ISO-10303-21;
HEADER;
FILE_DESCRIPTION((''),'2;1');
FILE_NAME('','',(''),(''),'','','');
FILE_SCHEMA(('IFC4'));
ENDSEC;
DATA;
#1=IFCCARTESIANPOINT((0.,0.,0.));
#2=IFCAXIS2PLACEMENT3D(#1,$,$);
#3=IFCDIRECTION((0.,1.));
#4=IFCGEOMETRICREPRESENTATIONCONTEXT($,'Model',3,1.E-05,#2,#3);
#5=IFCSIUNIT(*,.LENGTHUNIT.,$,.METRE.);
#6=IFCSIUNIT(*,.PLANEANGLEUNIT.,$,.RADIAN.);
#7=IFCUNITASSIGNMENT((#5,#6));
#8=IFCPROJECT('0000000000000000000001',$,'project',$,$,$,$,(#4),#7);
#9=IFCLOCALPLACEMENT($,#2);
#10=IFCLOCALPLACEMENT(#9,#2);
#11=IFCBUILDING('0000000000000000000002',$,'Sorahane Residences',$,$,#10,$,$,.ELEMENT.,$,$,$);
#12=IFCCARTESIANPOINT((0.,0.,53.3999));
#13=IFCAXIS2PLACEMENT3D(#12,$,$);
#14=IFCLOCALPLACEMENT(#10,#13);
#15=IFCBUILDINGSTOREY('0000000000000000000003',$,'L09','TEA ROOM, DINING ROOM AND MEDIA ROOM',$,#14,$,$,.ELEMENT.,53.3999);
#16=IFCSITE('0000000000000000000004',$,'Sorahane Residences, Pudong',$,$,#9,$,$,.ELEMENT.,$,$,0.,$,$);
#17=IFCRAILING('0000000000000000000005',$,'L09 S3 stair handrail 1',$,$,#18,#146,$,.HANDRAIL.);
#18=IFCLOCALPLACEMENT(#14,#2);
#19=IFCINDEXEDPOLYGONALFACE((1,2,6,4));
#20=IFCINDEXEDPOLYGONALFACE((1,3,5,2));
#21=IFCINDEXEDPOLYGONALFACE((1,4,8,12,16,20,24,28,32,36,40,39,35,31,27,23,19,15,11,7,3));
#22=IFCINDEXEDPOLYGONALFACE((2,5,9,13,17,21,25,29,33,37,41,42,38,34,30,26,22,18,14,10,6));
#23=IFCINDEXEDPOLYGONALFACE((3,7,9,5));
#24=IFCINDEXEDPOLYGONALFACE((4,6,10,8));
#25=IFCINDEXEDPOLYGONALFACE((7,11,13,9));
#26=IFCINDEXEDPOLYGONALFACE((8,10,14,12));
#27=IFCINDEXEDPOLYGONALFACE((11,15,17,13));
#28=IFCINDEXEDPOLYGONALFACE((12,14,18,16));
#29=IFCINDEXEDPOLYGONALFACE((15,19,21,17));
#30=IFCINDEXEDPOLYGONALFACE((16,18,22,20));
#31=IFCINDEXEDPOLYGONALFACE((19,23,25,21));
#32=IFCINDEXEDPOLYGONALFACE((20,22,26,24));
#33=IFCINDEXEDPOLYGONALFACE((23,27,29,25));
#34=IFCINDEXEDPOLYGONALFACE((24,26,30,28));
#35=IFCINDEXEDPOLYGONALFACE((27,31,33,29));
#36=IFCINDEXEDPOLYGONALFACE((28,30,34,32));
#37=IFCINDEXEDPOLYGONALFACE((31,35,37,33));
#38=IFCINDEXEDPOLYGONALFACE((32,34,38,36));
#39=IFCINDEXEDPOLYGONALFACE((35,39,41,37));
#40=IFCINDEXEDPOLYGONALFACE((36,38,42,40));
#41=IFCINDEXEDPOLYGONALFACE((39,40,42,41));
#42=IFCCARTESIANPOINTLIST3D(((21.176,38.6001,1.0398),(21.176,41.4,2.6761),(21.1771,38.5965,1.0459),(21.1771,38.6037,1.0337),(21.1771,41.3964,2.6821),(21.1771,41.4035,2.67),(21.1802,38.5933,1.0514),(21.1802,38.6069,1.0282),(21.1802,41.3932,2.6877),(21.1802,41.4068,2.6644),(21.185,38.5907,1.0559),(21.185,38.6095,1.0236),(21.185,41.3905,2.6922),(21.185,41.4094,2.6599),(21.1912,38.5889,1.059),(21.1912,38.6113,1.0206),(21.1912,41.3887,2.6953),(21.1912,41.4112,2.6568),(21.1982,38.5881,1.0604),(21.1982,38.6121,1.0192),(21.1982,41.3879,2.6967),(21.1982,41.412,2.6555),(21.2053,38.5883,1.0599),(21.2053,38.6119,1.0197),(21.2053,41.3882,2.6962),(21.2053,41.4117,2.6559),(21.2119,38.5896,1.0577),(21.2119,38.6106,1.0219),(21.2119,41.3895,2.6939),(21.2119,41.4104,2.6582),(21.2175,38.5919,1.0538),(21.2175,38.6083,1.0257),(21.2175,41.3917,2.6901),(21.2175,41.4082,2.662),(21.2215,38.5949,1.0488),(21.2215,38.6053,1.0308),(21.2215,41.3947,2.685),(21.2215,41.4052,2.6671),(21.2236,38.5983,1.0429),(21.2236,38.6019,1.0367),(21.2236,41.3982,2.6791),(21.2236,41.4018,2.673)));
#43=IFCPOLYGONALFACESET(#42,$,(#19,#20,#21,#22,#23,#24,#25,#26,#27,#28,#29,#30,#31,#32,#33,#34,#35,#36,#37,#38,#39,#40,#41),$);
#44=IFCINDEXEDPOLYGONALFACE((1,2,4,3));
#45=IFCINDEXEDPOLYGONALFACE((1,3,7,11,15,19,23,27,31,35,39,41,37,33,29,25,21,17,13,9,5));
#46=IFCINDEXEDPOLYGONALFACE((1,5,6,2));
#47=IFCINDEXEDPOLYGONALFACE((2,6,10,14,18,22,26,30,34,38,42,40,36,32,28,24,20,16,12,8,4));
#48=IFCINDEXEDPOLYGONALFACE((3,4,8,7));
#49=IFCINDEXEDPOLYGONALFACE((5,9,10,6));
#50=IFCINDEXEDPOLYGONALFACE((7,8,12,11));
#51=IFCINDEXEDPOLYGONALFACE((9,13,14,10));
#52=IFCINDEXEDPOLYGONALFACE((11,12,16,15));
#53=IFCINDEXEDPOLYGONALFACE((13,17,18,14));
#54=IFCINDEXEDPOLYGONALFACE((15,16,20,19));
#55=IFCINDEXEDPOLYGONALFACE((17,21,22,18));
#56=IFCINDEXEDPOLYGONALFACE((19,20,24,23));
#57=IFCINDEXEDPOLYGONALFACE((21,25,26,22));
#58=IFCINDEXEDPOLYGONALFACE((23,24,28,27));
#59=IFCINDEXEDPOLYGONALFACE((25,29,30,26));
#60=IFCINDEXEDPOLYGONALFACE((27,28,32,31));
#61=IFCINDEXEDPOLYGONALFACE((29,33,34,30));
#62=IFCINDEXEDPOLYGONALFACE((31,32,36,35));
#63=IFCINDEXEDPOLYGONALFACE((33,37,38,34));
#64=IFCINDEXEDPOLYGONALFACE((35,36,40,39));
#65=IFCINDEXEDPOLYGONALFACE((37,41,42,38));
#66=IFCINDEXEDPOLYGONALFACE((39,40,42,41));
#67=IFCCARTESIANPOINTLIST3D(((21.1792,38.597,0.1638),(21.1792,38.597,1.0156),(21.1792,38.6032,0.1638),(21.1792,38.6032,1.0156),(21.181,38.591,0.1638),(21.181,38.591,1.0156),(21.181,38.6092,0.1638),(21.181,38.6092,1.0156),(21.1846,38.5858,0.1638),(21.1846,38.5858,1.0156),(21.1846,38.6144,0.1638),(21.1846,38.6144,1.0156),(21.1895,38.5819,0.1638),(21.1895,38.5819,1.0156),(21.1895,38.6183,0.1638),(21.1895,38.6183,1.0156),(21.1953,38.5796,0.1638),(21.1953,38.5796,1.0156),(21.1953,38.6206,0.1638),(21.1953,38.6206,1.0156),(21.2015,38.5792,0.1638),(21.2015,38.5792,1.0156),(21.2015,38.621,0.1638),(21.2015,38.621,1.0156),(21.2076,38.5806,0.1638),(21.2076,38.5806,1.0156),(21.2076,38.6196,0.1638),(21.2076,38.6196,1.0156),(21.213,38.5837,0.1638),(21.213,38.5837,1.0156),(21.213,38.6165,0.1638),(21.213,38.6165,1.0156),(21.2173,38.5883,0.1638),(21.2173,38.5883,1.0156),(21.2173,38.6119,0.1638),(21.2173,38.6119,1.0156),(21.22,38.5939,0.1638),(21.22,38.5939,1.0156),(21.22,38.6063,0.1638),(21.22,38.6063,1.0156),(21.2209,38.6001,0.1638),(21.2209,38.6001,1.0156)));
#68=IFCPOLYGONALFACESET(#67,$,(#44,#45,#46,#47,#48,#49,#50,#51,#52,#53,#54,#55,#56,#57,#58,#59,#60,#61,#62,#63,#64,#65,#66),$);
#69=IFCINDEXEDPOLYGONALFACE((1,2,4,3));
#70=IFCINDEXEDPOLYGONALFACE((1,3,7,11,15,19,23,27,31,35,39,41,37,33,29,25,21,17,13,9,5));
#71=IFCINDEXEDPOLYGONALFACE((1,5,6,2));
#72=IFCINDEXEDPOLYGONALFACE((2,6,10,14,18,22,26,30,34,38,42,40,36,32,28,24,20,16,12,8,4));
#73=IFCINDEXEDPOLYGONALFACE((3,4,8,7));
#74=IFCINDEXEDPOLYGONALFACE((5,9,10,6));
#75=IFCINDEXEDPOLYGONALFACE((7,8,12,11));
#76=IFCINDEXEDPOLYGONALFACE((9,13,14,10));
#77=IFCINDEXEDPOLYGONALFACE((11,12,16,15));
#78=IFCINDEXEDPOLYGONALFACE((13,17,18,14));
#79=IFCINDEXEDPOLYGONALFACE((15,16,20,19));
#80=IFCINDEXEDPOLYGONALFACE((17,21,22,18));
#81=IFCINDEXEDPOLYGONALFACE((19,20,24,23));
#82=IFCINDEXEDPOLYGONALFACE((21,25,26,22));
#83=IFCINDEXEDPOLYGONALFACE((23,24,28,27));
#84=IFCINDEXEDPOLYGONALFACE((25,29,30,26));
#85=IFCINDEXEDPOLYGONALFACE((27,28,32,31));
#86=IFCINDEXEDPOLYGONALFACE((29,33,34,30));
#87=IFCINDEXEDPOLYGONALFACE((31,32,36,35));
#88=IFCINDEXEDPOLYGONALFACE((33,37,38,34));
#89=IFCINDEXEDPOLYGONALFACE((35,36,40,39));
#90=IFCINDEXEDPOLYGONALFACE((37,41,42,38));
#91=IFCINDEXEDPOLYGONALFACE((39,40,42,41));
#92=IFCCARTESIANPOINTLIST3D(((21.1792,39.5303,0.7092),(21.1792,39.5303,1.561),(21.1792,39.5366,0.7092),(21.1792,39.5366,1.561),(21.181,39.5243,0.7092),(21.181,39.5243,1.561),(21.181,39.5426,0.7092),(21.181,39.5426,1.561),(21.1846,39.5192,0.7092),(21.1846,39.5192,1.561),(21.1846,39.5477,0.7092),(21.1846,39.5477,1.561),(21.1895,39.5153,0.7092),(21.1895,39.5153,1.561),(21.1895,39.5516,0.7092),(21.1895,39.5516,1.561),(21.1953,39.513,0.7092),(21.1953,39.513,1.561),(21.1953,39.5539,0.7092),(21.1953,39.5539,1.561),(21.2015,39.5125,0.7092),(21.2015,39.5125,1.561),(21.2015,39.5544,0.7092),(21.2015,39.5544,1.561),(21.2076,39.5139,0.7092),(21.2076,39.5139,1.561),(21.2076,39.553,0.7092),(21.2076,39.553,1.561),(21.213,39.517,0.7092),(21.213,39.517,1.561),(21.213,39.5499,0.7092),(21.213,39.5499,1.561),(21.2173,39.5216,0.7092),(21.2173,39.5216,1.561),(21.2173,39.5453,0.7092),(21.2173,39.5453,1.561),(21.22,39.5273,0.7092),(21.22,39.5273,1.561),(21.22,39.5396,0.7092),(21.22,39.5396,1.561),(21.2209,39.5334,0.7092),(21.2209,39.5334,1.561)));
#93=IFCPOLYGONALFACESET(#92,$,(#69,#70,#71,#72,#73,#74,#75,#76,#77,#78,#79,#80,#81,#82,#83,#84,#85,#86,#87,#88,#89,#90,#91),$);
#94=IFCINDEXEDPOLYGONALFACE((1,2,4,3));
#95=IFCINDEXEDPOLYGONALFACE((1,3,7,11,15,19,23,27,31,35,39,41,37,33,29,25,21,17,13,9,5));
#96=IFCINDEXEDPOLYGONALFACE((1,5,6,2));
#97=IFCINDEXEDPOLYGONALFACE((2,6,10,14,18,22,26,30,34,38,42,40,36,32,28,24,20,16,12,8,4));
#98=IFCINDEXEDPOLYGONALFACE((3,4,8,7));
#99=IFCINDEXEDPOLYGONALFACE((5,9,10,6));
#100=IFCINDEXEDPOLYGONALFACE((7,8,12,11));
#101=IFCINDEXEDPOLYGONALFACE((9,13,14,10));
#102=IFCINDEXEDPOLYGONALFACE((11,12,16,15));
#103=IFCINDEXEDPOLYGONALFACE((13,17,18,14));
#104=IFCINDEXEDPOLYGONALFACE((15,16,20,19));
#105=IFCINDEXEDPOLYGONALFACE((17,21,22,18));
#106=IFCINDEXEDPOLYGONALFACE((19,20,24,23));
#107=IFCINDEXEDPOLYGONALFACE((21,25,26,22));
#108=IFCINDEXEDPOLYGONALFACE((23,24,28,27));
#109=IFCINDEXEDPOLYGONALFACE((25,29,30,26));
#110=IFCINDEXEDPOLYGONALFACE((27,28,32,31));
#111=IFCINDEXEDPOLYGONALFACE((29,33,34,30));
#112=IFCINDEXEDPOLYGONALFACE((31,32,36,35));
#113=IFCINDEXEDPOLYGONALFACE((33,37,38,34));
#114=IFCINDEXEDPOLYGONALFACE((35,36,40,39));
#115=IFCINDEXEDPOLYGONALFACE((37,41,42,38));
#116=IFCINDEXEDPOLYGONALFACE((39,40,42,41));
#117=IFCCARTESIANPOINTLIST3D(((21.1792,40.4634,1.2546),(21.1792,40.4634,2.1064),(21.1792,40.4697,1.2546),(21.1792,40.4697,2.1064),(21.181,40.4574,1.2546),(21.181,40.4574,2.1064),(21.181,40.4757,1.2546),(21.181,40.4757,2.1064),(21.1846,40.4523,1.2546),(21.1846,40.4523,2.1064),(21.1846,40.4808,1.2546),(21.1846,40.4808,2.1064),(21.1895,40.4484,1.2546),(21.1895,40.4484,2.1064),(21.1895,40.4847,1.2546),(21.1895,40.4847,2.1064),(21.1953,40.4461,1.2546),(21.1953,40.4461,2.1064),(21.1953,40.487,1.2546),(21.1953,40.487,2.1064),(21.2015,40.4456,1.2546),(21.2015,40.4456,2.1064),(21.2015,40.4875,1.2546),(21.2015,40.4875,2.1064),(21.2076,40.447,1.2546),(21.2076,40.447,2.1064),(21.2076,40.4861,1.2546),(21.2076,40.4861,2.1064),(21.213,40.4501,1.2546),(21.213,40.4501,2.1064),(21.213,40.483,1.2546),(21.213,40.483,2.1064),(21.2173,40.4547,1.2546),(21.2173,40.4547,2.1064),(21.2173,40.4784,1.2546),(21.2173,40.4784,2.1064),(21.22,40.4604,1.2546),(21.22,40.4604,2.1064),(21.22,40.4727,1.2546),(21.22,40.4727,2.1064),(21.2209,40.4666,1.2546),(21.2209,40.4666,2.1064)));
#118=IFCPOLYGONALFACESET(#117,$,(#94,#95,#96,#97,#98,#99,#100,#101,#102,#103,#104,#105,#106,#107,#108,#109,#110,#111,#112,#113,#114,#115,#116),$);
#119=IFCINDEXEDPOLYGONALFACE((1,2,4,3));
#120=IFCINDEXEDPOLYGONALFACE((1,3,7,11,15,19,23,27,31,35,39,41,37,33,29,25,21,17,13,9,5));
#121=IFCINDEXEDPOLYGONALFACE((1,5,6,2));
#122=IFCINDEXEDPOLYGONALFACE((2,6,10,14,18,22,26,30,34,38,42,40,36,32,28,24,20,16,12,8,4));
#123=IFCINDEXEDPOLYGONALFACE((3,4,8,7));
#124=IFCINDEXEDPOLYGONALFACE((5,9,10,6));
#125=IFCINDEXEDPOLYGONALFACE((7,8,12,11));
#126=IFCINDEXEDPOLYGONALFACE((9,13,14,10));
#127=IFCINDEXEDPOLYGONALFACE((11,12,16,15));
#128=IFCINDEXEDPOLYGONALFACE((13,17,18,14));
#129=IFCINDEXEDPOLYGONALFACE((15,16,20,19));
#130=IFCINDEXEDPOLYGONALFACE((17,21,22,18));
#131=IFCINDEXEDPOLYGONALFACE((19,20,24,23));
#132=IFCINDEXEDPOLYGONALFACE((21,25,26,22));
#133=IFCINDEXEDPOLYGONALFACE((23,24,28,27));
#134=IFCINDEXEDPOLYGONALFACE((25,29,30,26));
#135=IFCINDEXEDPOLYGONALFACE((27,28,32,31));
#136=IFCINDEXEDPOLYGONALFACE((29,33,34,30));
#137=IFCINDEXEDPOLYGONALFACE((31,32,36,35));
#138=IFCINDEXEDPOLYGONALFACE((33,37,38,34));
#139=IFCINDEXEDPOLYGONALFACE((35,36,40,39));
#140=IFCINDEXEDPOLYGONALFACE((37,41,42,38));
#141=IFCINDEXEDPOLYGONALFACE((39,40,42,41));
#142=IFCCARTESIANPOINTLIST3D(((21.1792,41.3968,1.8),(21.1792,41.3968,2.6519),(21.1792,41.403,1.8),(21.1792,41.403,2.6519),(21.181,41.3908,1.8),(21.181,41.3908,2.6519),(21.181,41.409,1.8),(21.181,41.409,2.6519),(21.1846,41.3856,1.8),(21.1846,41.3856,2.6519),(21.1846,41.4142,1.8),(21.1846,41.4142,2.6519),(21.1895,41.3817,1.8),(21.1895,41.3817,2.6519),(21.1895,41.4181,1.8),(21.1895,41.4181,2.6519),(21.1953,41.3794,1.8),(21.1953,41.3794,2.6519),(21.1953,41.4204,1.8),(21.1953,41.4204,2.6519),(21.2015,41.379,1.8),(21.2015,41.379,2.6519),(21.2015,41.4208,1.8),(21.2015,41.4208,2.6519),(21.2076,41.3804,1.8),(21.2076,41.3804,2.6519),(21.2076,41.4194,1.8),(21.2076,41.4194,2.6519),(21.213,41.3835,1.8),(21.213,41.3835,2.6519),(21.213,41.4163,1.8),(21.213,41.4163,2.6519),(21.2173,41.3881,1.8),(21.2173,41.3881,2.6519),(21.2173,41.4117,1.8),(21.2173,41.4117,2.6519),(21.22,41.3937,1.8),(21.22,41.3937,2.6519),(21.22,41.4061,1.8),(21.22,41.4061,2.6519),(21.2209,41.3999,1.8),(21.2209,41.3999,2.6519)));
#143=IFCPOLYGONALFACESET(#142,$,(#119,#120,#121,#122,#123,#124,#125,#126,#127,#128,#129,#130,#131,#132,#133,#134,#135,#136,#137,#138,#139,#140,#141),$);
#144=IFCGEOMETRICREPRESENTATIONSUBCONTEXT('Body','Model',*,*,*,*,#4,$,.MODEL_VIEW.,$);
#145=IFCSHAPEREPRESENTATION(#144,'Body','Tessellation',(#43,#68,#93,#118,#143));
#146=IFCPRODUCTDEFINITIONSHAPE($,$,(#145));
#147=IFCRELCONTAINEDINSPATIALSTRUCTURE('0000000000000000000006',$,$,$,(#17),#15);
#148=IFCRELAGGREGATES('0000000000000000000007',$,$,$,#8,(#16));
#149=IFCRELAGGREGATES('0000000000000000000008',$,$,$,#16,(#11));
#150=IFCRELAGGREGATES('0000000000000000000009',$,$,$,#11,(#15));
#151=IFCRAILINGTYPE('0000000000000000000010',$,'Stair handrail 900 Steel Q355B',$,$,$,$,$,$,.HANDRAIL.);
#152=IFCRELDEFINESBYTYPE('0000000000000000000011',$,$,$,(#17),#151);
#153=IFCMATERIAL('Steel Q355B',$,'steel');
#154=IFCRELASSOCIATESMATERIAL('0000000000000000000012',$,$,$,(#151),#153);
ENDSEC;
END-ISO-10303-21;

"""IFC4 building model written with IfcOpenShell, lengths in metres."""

from ifc_helpers import new_model, si_unit, direction, frame, origin, origin_2d, place, context, subcontext, project, spatial, circle, extrude, material, type_object, element, save


model = new_model("IFC4")

# Units and contexts
model_context = context("Model", 3, precision=1e-05, world=origin(), true_north=direction((0.0, 1.0)))
body_context = subcontext(model_context, "Body", "Model", "MODEL_VIEW")
ifc_project = project(units=[si_unit("LENGTHUNIT", "METRE"), si_unit("PLANEANGLEUNIT", "RADIAN")], contexts=[model_context])

# Site, building, storey
site_placement = place(None, origin())
site = spatial("IfcSite", under=ifc_project, at=site_placement, Name="Sorahane Residences, Pudong", CompositionType="ELEMENT", RefElevation=0.0)
building_placement = place(site_placement, origin())
building = spatial("IfcBuilding", under=site, at=building_placement, Name="Sorahane Residences", CompositionType="ELEMENT")
storey_placement = place(building_placement, frame((0.0, 0.0, 53.3999)))
storey = spatial("IfcBuildingStorey", under=building, at=storey_placement, Name="L09", Description="TEA ROOM, DINING ROOM AND MEDIA ROOM", CompositionType="ELEMENT", Elevation=53.3999)

# Railing
ifc_material_1 = material(Name="Steel Q355B", Category="steel")
railing_type_1 = type_object("IfcRailingType", Name="Stair handrail 900 Steel Q355B", PredefinedType="HANDRAIL", material=ifc_material_1)
railing_1_placement = place(storey_placement, frame((21.2, 38.6001, 0.1638)))
element("IfcRailing", 1, at=railing_1_placement, inside=storey, type_object=railing_type_1, Name="L09 S3 stair handrail 1", PredefinedType="HANDRAIL", context=body_context, shape_type="SweptSolid", body=[
    extrude(circle(Radius=0.0239, at=origin_2d()), frame((0.0, 0.0, 0.876), z_axis=(0.0, 0.863374, 0.504564), x_axis=(-1.0, 0.0, 0.0)), (0.0, 0.0, 1.0), 3.2429),
    extrude(circle(Radius=0.021, at=origin_2d()), origin(), (0.0, 0.0, 1.0), 0.8518),
    extrude(circle(Radius=0.021, at=origin_2d()), frame((0.0, 0.9333, 0.5454)), (0.0, 0.0, 1.0), 0.8518),
    extrude(circle(Radius=0.021, at=origin_2d()), frame((0.0, 1.8665, 1.0908)), (0.0, 0.0, 1.0), 0.8518),
    extrude(circle(Radius=0.021, at=origin_2d()), frame((0.0, 2.7998, 1.6362)), (0.0, 0.0, 1.0), 0.8518),
])

save(model, "model.ifc")
